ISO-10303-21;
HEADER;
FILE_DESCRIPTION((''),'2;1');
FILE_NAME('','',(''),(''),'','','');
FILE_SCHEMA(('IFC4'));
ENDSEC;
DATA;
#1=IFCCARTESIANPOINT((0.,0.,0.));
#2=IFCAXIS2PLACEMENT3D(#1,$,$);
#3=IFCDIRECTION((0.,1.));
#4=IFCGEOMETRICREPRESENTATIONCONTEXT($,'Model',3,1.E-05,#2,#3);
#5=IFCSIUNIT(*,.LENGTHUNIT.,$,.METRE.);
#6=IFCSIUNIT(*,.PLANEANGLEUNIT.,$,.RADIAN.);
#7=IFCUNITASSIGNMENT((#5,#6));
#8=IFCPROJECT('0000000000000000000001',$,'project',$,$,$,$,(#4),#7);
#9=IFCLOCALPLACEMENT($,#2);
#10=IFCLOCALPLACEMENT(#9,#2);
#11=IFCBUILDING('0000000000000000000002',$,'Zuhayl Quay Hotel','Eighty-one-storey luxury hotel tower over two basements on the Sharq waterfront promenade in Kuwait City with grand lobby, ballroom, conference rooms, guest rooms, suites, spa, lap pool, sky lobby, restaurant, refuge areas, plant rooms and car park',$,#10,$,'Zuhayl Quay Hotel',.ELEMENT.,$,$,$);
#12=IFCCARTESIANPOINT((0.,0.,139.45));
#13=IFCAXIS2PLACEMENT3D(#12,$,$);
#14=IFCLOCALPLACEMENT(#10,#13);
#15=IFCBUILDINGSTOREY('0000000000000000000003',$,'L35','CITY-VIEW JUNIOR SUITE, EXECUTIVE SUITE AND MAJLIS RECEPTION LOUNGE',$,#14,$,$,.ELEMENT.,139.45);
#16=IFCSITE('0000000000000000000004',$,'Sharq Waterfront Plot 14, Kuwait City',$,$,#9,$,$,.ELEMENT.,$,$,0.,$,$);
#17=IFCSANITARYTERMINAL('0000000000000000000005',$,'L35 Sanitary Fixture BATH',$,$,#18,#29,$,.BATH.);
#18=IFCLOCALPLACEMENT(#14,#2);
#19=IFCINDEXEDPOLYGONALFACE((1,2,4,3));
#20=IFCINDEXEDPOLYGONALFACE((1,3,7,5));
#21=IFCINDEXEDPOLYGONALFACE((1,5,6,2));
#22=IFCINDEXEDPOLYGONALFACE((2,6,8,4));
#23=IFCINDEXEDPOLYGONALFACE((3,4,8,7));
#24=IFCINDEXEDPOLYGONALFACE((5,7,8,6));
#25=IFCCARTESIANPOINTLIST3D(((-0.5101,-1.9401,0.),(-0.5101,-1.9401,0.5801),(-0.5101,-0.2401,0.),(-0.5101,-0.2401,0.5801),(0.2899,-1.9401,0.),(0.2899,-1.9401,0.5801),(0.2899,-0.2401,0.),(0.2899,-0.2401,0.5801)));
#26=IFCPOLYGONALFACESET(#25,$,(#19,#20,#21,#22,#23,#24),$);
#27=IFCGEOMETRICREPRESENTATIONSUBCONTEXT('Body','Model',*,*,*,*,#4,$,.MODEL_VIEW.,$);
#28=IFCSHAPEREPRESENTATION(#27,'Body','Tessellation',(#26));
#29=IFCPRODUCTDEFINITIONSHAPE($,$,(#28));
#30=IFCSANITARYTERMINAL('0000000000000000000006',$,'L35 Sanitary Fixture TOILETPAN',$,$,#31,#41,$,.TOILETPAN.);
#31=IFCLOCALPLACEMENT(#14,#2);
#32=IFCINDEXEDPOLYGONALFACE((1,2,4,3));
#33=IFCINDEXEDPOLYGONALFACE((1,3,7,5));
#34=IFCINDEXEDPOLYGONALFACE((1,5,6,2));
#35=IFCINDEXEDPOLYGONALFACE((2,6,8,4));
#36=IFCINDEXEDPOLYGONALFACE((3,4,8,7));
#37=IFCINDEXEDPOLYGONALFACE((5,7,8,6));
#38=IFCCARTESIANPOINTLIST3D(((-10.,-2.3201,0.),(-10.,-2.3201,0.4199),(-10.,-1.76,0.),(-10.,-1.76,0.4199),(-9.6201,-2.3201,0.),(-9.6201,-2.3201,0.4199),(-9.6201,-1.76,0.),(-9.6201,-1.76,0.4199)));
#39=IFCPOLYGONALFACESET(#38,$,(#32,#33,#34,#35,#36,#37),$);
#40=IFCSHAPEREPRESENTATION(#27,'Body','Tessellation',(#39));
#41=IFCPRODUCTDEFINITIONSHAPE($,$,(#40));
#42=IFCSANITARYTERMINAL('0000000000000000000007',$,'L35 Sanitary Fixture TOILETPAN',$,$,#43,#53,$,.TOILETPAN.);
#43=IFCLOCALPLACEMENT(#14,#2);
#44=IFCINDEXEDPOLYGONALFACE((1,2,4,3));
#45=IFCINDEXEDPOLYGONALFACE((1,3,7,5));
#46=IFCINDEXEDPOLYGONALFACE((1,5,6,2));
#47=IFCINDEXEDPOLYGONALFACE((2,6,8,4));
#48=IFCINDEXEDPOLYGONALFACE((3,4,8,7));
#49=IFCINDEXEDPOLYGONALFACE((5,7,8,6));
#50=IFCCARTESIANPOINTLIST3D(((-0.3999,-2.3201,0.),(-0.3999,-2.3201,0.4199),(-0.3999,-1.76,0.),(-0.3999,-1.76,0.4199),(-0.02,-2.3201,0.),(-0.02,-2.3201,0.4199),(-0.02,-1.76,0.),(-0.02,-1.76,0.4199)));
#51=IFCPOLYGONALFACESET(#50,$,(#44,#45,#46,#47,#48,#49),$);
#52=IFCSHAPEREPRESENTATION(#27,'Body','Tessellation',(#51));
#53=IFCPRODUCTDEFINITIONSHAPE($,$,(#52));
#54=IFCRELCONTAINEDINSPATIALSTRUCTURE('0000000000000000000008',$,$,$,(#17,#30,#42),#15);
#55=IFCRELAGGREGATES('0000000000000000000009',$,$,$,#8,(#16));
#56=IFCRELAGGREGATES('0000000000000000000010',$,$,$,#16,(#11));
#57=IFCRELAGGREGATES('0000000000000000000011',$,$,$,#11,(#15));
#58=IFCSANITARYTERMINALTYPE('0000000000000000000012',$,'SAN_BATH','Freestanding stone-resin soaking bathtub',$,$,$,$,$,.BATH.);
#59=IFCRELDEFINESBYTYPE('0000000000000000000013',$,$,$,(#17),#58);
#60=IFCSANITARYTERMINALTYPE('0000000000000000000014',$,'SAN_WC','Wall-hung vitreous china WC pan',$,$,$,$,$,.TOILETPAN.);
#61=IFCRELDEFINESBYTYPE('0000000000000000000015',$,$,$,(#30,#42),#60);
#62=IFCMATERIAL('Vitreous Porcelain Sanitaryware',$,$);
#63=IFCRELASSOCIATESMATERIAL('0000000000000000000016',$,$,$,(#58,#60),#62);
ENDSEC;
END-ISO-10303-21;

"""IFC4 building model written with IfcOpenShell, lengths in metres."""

from ifc_helpers import new_model, si_unit, direction, frame, origin, origin_2d, place, context, subcontext, project, spatial, rectangle, extrude, material, type_object, element, save


model = new_model("IFC4")

# Units and contexts
model_context = context("Model", 3, precision=1e-05, world=origin(), true_north=direction((0.0, 1.0)))
body_context = subcontext(model_context, "Body", "Model", "MODEL_VIEW")
ifc_project = project(units=[si_unit("LENGTHUNIT", "METRE"), si_unit("PLANEANGLEUNIT", "RADIAN")], contexts=[model_context])

# Site, building, storey
site_placement = place(None, origin())
site = spatial("IfcSite", under=ifc_project, at=site_placement, Name="Sharq Waterfront Plot 14, Kuwait City", CompositionType="ELEMENT", RefElevation=0.0)
building_placement = place(site_placement, origin())
building = spatial("IfcBuilding", under=site, at=building_placement, Name="Zuhayl Quay Hotel", Description="Eighty-one-storey luxury hotel tower over two basements on the Sharq waterfront promenade in Kuwait City with grand lobby, ballroom, conference rooms, guest rooms, suites, spa, lap pool, sky lobby, restaurant, refuge areas, plant rooms and car park", LongName="Zuhayl Quay Hotel", CompositionType="ELEMENT")
storey_placement = place(building_placement, frame((0.0, 0.0, 139.45)))
storey = spatial("IfcBuildingStorey", under=building, at=storey_placement, Name="L35", Description="CITY-VIEW JUNIOR SUITE, EXECUTIVE SUITE AND MAJLIS RECEPTION LOUNGE", CompositionType="ELEMENT", Elevation=139.45)

# Sanitary terminals
ifc_material_1 = material(Name="Vitreous Porcelain Sanitaryware")
sanitary_terminal_type_1 = type_object("IfcSanitaryTerminalType", Name="SAN_BATH", Description="Freestanding stone-resin soaking bathtub", PredefinedType="BATH", material=ifc_material_1)
for number, where, z_axis, x_axis, name in (
    (1, (-0.1101, -1.0901, 0.0), (0.0, 0.0, 1.0), (1.0, 0.0, 0.0), "L35 Sanitary Fixture BATH"),
):
    element("IfcSanitaryTerminal", number, at=place(storey_placement, frame(where, z_axis=z_axis, x_axis=x_axis)), inside=storey, type_object=sanitary_terminal_type_1, Name=name, PredefinedType="BATH", context=body_context, shape_type="SweptSolid", body=[
        extrude(rectangle(XDim=0.8, YDim=1.7, at=origin_2d()), origin(), (0.0, 0.0, 1.0), 0.5801),
    ])
sanitary_terminal_type_2 = type_object("IfcSanitaryTerminalType", Name="SAN_WC", Description="Wall-hung vitreous china WC pan", PredefinedType="TOILETPAN", material=ifc_material_1)
for number, where, z_axis, x_axis, name in (
    (2, (-9.8101, -2.04, 0.0), (0.0, 0.0, 1.0), (1.0, 0.0, 0.0), "L35 Sanitary Fixture TOILETPAN"),
    (3, (-0.21, -2.04, 0.0), (0.0, 0.0, 1.0), (1.0, 0.0, 0.0), "L35 Sanitary Fixture TOILETPAN"),
):
    element("IfcSanitaryTerminal", number, at=place(storey_placement, frame(where, z_axis=z_axis, x_axis=x_axis)), inside=storey, type_object=sanitary_terminal_type_2, Name=name, PredefinedType="TOILETPAN", context=body_context, shape_type="SweptSolid", body=[
        extrude(rectangle(XDim=0.3799, YDim=0.5601, at=origin_2d()), origin(), (0.0, 0.0, 1.0), 0.4199),
    ])

save(model, "model.ifc")
